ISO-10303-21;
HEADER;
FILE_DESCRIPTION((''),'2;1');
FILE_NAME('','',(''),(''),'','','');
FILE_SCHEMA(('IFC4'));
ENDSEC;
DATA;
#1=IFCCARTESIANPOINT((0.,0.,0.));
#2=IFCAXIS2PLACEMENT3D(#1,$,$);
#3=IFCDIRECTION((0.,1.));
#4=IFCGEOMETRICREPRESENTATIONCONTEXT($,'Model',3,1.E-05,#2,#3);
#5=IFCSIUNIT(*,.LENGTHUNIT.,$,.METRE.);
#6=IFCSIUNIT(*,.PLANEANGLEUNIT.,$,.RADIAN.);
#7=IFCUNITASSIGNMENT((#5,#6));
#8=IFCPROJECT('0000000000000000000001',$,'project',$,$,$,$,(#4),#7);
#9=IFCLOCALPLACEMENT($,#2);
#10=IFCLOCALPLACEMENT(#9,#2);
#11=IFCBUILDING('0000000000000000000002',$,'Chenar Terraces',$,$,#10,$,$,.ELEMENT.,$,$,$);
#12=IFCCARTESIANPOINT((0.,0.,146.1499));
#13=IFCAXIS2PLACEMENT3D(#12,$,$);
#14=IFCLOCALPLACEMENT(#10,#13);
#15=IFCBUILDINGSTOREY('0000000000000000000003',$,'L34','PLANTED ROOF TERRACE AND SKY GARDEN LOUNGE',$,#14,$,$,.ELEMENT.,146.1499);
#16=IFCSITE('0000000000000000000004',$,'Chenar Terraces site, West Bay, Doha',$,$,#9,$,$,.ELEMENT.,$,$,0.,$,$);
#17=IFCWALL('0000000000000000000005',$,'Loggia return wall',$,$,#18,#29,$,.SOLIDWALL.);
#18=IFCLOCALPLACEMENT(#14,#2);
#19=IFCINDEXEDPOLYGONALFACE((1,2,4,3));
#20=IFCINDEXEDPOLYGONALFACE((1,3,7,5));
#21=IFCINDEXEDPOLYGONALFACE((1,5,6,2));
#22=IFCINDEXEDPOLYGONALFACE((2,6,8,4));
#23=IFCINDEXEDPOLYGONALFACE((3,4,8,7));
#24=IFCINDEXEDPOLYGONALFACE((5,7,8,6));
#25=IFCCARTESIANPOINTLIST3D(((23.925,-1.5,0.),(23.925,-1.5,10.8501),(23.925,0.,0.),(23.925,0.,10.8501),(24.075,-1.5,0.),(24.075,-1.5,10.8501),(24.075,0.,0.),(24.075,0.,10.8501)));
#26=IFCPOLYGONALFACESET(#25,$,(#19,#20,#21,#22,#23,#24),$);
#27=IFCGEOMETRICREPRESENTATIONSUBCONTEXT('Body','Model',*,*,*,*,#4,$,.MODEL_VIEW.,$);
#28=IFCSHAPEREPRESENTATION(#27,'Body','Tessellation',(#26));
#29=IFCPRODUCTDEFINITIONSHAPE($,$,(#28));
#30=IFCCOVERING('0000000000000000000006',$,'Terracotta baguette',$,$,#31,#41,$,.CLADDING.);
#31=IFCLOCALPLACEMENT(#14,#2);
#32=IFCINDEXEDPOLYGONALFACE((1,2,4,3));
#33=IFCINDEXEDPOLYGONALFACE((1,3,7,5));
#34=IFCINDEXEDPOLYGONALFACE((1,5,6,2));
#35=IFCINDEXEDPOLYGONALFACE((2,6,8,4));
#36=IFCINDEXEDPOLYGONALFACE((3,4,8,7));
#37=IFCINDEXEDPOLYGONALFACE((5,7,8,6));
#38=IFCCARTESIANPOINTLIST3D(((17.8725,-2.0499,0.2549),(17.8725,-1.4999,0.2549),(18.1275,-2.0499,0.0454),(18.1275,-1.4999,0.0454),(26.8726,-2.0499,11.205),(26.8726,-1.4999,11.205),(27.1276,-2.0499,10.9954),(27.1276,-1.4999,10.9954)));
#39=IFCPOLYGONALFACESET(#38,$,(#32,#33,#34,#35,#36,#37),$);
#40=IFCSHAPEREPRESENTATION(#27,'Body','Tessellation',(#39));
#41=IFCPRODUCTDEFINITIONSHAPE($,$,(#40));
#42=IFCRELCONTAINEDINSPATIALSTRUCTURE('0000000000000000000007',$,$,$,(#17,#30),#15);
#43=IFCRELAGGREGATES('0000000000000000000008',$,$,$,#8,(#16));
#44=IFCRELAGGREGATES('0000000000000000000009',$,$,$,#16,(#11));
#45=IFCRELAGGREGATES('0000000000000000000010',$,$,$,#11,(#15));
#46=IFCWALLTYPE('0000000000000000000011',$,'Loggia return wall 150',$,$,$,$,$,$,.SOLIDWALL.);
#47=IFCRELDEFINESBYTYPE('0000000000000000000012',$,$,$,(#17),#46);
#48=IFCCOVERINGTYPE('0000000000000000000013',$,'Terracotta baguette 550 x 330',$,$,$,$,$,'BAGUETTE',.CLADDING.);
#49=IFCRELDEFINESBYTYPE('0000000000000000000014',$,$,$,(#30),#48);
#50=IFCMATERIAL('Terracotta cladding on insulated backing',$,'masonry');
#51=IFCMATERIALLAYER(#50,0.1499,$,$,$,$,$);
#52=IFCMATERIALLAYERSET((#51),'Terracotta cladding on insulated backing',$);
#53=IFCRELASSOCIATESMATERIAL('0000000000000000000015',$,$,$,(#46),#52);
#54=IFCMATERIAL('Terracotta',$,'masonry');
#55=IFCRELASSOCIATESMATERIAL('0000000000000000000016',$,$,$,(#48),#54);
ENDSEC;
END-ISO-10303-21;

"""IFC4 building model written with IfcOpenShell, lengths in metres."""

from ifc_helpers import new_model, si_unit, direction, frame, frame_2d, origin, origin_2d, place, context, subcontext, project, spatial, rectangle, extrude, material, layer, layer_set, material_profile, profile_set, type_object, element, save


model = new_model("IFC4")

# Units and contexts
model_context = context("Model", 3, precision=1e-05, world=origin(), true_north=direction((0.0, 1.0)))
body_context = subcontext(model_context, "Body", "Model", "MODEL_VIEW")
ifc_project = project(units=[si_unit("LENGTHUNIT", "METRE"), si_unit("PLANEANGLEUNIT", "RADIAN")], contexts=[model_context])

# Site, building, storey
site_placement = place(None, origin())
site = spatial("IfcSite", under=ifc_project, at=site_placement, Name="Chenar Terraces site, West Bay, Doha", CompositionType="ELEMENT", RefElevation=0.0)
building_placement = place(site_placement, origin())
building = spatial("IfcBuilding", under=site, at=building_placement, Name="Chenar Terraces", CompositionType="ELEMENT")
storey_placement = place(building_placement, frame((0.0, 0.0, 146.1499)))
storey = spatial("IfcBuildingStorey", under=building, at=storey_placement, Name="L34", Description="PLANTED ROOF TERRACE AND SKY GARDEN LOUNGE", CompositionType="ELEMENT", Elevation=146.1499)

# Wall
ifc_material_1 = material(Name="Terracotta cladding on insulated backing", Category="masonry")
ifc_layer_1 = layer(ifc_material_1, 0.1499)
ifc_layer_set_1 = layer_set([ifc_layer_1], Name="Terracotta cladding on insulated backing")
wall_type_1 = type_object("IfcWallType", Name="Loggia return wall 150", PredefinedType="SOLIDWALL", material=ifc_layer_set_1)
wall_1_placement = place(storey_placement, frame((24.0, -1.5, 0.0), z_axis=(0.0, 0.0, 1.0), x_axis=(0.0, 1.0, 0.0)))
element("IfcWall", 1, at=wall_1_placement, inside=storey, type_object=wall_type_1, Name="Loggia return wall", PredefinedType="SOLIDWALL", context=body_context, shape_type="SweptSolid", body=[
    extrude(rectangle(XDim=1.5, YDim=0.1499, at=frame_2d((0.75, 0.0))), origin(), (0.0, 0.0, 1.0), 10.8501),
])

# Covering
ifc_material_2 = material(Name="Terracotta", Category="masonry")
ifc_material_profile_1 = material_profile(ifc_material_2, rectangle(XDim=0.55, YDim=0.3301, at=origin_2d()), Name="Terracotta baguette 550 x 330")
ifc_profile_set_1 = profile_set([ifc_material_profile_1], Name="Terracotta")
covering_type = type_object("IfcCoveringType", Name="Terracotta baguette 550 x 330", ElementType="BAGUETTE", PredefinedType="CLADDING", material=ifc_profile_set_1)
covering_placement = place(storey_placement, frame((18.0, -1.7749, 0.1501), z_axis=(0.634967, 0.0, 0.772539), x_axis=(0.0, 1.0, 0.0)))
element("IfcCovering", 2, at=covering_placement, inside=storey, type_object=covering_type, Name="Terracotta baguette", PredefinedType="CLADDING", context=body_context, shape_type="SweptSolid", body=[
    extrude(rectangle(XDim=0.55, YDim=0.3301, at=origin_2d()), origin(), (0.0, 0.0, 1.0), 14.1741),
])

save(model, "model.ifc")
